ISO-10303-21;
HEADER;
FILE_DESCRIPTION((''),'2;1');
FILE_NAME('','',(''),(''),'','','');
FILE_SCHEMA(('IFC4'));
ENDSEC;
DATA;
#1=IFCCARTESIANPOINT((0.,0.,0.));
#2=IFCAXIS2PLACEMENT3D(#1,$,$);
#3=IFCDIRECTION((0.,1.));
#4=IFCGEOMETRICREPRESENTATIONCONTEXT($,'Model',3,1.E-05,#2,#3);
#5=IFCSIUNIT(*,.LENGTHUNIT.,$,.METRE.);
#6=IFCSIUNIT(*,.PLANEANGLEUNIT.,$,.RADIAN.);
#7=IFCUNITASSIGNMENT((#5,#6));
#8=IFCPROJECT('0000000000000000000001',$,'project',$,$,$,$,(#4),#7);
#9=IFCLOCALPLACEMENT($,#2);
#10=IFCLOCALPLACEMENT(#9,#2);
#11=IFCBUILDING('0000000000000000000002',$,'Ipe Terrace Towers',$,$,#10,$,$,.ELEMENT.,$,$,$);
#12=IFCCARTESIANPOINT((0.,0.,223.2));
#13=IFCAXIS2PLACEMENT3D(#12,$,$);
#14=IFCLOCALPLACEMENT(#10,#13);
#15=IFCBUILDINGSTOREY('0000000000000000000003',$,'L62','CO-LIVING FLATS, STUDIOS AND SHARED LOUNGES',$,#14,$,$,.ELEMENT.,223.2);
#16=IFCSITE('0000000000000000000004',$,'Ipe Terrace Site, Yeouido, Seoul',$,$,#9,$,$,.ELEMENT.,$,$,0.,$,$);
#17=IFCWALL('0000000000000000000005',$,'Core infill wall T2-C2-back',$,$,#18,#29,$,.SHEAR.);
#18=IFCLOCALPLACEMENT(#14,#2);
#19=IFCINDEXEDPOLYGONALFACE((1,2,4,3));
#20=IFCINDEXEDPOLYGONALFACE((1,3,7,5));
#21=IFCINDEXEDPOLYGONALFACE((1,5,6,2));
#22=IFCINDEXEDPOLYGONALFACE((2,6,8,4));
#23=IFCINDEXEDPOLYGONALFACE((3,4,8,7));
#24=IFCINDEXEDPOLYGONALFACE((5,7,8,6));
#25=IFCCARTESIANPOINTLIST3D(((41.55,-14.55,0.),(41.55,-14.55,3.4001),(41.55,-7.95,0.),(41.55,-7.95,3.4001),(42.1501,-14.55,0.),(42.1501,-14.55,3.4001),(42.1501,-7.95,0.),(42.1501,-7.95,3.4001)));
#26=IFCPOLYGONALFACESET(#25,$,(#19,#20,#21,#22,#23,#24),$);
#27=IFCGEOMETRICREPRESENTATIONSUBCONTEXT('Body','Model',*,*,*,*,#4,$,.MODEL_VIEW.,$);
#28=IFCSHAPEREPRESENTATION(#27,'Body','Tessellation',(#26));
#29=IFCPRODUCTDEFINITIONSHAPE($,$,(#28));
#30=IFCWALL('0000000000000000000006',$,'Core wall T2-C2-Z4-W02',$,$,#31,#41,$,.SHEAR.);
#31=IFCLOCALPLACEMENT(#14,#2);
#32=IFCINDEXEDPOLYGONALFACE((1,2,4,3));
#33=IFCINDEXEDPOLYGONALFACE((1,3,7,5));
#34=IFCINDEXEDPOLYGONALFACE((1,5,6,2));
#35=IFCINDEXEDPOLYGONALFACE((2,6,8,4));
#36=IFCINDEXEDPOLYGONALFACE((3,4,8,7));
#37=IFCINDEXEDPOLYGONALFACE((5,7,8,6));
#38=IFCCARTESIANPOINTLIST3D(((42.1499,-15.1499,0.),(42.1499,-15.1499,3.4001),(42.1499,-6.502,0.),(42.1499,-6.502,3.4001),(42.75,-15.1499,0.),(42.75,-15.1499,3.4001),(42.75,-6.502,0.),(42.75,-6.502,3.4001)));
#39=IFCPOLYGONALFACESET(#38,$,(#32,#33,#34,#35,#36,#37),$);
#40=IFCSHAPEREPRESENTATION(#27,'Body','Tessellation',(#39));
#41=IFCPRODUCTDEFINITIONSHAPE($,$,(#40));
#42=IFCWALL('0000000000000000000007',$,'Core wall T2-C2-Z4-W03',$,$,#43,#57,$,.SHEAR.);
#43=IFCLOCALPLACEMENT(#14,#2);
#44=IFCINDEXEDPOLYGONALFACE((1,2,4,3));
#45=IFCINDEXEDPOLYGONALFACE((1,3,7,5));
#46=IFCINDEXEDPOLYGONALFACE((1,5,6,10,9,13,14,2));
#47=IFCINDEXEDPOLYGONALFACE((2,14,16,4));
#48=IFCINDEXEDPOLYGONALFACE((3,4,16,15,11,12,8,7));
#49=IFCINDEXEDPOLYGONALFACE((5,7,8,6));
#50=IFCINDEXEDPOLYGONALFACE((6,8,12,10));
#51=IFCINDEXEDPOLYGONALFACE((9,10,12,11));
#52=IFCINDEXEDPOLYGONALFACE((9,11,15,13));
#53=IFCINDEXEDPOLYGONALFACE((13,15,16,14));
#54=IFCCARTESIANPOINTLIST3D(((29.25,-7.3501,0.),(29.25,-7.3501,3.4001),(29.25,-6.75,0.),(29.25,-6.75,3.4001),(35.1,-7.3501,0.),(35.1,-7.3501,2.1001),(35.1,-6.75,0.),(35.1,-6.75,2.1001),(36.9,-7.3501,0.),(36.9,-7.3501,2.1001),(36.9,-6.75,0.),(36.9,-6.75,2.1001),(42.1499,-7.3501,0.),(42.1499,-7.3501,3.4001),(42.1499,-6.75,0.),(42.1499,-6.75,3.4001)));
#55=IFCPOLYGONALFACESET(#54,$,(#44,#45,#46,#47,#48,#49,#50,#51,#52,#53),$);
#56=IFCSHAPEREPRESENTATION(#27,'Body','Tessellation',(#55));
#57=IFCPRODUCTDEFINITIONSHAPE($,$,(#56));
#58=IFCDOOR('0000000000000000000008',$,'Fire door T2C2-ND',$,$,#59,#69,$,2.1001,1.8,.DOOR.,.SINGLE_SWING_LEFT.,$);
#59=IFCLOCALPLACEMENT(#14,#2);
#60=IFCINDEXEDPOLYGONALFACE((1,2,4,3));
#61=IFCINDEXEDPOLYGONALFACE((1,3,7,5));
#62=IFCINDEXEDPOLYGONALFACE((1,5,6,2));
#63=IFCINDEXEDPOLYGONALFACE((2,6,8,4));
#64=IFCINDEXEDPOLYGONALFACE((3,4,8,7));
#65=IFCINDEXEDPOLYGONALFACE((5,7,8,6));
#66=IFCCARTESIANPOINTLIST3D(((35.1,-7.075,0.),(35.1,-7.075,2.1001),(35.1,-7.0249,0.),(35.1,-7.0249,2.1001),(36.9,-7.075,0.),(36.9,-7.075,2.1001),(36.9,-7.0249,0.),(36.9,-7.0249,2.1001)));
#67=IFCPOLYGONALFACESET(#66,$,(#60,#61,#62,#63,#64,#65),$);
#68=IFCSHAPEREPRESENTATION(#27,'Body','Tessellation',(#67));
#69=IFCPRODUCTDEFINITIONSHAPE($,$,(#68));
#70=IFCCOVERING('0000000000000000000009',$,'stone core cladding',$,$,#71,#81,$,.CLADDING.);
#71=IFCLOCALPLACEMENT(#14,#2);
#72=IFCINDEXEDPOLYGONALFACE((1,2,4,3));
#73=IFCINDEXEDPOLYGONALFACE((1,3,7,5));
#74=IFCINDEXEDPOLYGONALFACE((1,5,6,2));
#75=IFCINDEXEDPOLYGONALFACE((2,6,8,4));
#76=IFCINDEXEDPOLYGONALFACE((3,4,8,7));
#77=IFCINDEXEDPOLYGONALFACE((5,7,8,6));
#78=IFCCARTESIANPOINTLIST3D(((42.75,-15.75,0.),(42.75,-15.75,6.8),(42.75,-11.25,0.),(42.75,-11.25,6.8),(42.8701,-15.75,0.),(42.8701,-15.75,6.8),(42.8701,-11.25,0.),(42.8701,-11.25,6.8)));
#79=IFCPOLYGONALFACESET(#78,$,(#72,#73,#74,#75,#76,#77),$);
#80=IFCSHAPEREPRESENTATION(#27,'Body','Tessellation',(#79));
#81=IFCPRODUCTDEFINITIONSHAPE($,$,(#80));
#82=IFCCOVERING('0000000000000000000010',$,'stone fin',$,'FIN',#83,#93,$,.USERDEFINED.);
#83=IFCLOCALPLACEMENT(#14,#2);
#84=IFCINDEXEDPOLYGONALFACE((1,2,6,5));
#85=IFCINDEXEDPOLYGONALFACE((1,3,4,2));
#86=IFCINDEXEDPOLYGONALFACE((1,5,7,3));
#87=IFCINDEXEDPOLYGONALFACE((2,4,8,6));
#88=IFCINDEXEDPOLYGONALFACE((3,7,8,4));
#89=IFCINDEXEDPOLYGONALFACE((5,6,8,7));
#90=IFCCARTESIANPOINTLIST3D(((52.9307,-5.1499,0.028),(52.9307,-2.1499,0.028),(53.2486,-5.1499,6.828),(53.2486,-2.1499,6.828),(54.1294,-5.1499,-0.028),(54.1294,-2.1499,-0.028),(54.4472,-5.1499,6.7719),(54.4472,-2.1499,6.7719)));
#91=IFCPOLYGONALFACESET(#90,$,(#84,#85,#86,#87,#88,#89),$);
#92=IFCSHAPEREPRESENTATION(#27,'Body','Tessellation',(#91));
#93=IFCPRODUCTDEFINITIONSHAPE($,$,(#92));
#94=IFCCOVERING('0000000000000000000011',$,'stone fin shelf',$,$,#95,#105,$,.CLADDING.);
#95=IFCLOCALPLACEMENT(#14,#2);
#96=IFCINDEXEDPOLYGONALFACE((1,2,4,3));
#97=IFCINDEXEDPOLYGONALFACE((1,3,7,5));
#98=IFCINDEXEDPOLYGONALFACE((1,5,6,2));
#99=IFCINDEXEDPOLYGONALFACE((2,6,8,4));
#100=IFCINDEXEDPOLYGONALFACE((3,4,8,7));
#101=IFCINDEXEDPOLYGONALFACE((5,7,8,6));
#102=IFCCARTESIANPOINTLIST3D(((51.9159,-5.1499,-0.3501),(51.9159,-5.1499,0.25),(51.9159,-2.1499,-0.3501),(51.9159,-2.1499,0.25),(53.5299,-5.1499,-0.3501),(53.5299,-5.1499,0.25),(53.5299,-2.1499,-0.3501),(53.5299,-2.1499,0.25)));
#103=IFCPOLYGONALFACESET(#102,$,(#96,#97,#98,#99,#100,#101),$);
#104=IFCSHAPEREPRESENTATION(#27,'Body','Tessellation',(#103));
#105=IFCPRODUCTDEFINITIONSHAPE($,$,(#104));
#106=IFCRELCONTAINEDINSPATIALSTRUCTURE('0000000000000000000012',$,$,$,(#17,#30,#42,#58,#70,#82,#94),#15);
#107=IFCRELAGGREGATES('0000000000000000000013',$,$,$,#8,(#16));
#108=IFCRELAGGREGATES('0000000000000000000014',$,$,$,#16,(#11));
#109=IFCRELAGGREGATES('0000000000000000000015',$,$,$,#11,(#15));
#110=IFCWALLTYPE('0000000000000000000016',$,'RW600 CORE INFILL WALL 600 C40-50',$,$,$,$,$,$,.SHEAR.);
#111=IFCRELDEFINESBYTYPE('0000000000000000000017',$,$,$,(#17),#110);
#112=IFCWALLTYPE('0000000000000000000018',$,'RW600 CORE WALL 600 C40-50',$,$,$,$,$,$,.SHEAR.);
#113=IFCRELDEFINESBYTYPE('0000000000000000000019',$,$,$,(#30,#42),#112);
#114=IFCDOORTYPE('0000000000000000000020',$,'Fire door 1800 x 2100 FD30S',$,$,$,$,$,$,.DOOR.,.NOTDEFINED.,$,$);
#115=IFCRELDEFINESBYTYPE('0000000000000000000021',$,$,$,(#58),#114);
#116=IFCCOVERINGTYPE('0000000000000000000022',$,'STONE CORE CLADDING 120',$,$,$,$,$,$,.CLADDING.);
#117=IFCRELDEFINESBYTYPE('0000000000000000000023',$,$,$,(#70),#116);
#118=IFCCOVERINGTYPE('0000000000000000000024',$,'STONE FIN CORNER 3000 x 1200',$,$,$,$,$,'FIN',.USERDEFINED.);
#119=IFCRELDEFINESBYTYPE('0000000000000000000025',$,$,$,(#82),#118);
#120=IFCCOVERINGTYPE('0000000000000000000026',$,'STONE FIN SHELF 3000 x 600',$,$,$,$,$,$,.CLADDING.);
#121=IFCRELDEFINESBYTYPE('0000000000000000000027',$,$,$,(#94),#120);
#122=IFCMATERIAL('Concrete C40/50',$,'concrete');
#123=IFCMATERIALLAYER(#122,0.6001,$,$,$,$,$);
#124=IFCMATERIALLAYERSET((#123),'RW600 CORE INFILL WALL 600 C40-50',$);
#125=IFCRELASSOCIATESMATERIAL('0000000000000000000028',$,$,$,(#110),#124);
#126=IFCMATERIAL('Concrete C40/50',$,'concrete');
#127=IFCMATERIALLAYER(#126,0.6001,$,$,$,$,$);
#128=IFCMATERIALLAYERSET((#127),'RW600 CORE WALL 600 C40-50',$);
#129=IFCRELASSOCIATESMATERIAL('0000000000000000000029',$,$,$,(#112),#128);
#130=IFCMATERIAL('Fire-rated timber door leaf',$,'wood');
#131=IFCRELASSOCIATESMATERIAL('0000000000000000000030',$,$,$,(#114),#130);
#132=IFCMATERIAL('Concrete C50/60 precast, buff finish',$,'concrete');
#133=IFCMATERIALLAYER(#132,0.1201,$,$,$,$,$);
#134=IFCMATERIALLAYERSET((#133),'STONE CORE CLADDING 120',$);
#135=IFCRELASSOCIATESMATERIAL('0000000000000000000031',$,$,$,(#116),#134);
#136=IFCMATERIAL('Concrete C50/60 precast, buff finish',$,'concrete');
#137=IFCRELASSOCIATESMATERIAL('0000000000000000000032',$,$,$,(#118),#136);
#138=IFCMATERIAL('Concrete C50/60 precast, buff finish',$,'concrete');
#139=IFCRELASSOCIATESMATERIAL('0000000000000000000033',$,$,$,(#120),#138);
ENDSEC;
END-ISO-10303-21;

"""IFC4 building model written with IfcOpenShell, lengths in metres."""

from ifc_helpers import new_model, si_unit, direction, frame, frame_2d, origin, origin_2d, place, context, subcontext, project, spatial, rectangle, extrude, material, layer, layer_set, material_profile, profile_set, type_object, element, fill, save


model = new_model("IFC4")

# Units and contexts
model_context = context("Model", 3, precision=1e-05, world=origin(), true_north=direction((0.0, 1.0)))
body_context = subcontext(model_context, "Body", "Model", "MODEL_VIEW")
ifc_project = project(units=[si_unit("LENGTHUNIT", "METRE"), si_unit("PLANEANGLEUNIT", "RADIAN")], contexts=[model_context])

# Site, building, storey
site_placement = place(None, origin())
site = spatial("IfcSite", under=ifc_project, at=site_placement, Name="Ipe Terrace Site, Yeouido, Seoul", CompositionType="ELEMENT", RefElevation=0.0)
building_placement = place(site_placement, origin())
building = spatial("IfcBuilding", under=site, at=building_placement, Name="Ipe Terrace Towers", CompositionType="ELEMENT")
storey_placement = place(building_placement, frame((0.0, 0.0, 223.2)))
storey = spatial("IfcBuildingStorey", under=building, at=storey_placement, Name="L62", Description="CO-LIVING FLATS, STUDIOS AND SHARED LOUNGES", CompositionType="ELEMENT", Elevation=223.2)

# Walls
ifc_material_1 = material(Name="Concrete C40/50", Category="concrete")
ifc_layer_1 = layer(ifc_material_1, 0.6001)
ifc_layer_set_1 = layer_set([ifc_layer_1], Name="RW600 CORE INFILL WALL 600 C40-50")
wall_type_1 = type_object("IfcWallType", Name="RW600 CORE INFILL WALL 600 C40-50", PredefinedType="SHEAR", material=ifc_layer_set_1)
wall_1_placement = place(storey_placement, frame((41.8501, -7.95, 0.0), z_axis=(0.0, 0.0, 1.0), x_axis=(0.0, -1.0, 0.0)))
element("IfcWall", 1, at=wall_1_placement, inside=storey, type_object=wall_type_1, Name="Core infill wall T2-C2-back", PredefinedType="SHEAR", context=body_context, shape_type="SweptSolid", body=[
    extrude(rectangle(XDim=6.6001, YDim=0.6001, at=frame_2d((3.3, 0.0))), origin(), (0.0, 0.0, 1.0), 3.4001),
])
ifc_material_2 = material(Name="Concrete C40/50", Category="concrete")
ifc_layer_2 = layer(ifc_material_2, 0.6001)
ifc_layer_set_2 = layer_set([ifc_layer_2], Name="RW600 CORE WALL 600 C40-50")
wall_type_2 = type_object("IfcWallType", Name="RW600 CORE WALL 600 C40-50", PredefinedType="SHEAR", material=ifc_layer_set_2)
wall_2_placement = place(storey_placement, frame((42.45, -15.1499, 0.0), z_axis=(0.0, 0.0, 1.0), x_axis=(0.0, 1.0, 0.0)))
element("IfcWall", 2, at=wall_2_placement, inside=storey, type_object=wall_type_2, Name="Core wall T2-C2-Z4-W02", PredefinedType="SHEAR", context=body_context, shape_type="SweptSolid", body=[
    extrude(rectangle(XDim=8.6479, YDim=0.6001, at=frame_2d((4.324, 0.0))), origin(), (0.0, 0.0, 1.0), 3.4001),
])

# Wall, opening, door
wall_3_placement = place(storey_placement, frame((42.1499, -7.05, 0.0), z_axis=(0.0, 0.0, 1.0), x_axis=(-1.0, 0.0, 0.0)))
wall_3 = element("IfcWall", 3, at=wall_3_placement, inside=storey, type_object=wall_type_2, Name="Core wall T2-C2-Z4-W03", PredefinedType="SHEAR", context=body_context, shape_type="SweptSolid", body=[
    extrude(rectangle(XDim=12.8999, YDim=0.6001, at=frame_2d((6.45, 0.0))), origin(), (0.0, 0.0, 1.0), 3.4001),
])
opening_1_placement = place(wall_3_placement, frame((5.25, 0.0, 0.0)))
opening_1 = element("IfcOpeningElement", 4, at=opening_1_placement, cuts=wall_3, PredefinedType="OPENING", context=body_context, shape_type="SweptSolid", body=[
    extrude(rectangle(XDim=1.8, YDim=2.1001, at=frame_2d((0.8999, 1.05))), frame((0.0, 0.3101, 0.0), z_axis=(0.0, -1.0, 0.0), x_axis=(1.0, 0.0, 0.0)), (0.0, 0.0, 1.0), 0.6201),
])
ifc_material_3 = material(Name="Fire-rated timber door leaf", Category="wood")
door_type_1 = type_object("IfcDoorType", Name="Fire door 1800 x 2100 FD30S", OperationType="NOTDEFINED", PredefinedType="DOOR", material=ifc_material_3)
door_1_placement = place(opening_1_placement, origin())
door_1 = element("IfcDoor", 5, at=door_1_placement, inside=storey, type_object=door_type_1, Name="Fire door T2C2-ND", OperationType="SINGLE_SWING_LEFT", OverallHeight=2.1001, OverallWidth=1.8, PredefinedType="DOOR", context=body_context, shape_type="SweptSolid", body=[
    extrude(rectangle(XDim=1.8, YDim=2.1001, at=frame_2d((0.8999, 1.05))), frame((0.0, 0.0249, 0.0), z_axis=(0.0, -1.0, 0.0), x_axis=(1.0, 0.0, 0.0)), (0.0, 0.0, 1.0), 0.05),
])
fill(opening_1, door_1)

# Coverings
ifc_material_4 = material(Name="Concrete C50/60 precast, buff finish", Category="concrete")
ifc_layer_3 = layer(ifc_material_4, 0.1201)
ifc_layer_set_3 = layer_set([ifc_layer_3], Name="STONE CORE CLADDING 120")
covering_type_1 = type_object("IfcCoveringType", Name="STONE CORE CLADDING 120", PredefinedType="CLADDING", material=ifc_layer_set_3)
covering_1_placement = place(storey_placement, frame((42.8101, -13.5, 0.0), z_axis=(0.0, 0.0, 1.0), x_axis=(0.0, 1.0, 0.0)))
element("IfcCovering", 6, at=covering_1_placement, inside=storey, type_object=covering_type_1, Name="stone core cladding", PredefinedType="CLADDING", context=body_context, shape_type="SweptSolid", body=[
    extrude(rectangle(XDim=4.5, YDim=0.1201, at=origin_2d()), origin(), (0.0, 0.0, 1.0), 6.8),
])
ifc_material_5 = material(Name="Concrete C50/60 precast, buff finish", Category="concrete")
ifc_material_profile_1 = material_profile(ifc_material_5, rectangle(XDim=3.0, YDim=1.2, at=origin_2d()), Name="STONE FIN CORNER 3000 x 1200")
ifc_profile_set_1 = profile_set([ifc_material_profile_1], Name="Concrete C50/60 precast, buff finish")
covering_type_2 = type_object("IfcCoveringType", Name="STONE FIN CORNER 3000 x 1200", ElementType="FIN", PredefinedType="USERDEFINED", material=ifc_profile_set_1)
covering_2_placement = place(storey_placement, frame((53.53, -3.6499, 0.0), z_axis=(0.046694, 0.0, 0.998909), x_axis=(0.0, 1.0, 0.0)))
element("IfcCovering", 7, at=covering_2_placement, inside=storey, type_object=covering_type_2, Name="stone fin", ObjectType="FIN", PredefinedType="USERDEFINED", context=body_context, shape_type="SweptSolid", body=[
    extrude(rectangle(XDim=3.0, YDim=1.2, at=origin_2d()), origin(), (0.0, 0.0, 1.0), 6.8074),
])
ifc_material_6 = material(Name="Concrete C50/60 precast, buff finish", Category="concrete")
covering_type_3 = type_object("IfcCoveringType", Name="STONE FIN SHELF 3000 x 600", PredefinedType="CLADDING", material=ifc_material_6)
covering_3_placement = place(storey_placement, frame((52.7229, -3.6499, -0.3501), z_axis=(0.0, 0.0, 1.0), x_axis=(0.0, 1.0, 0.0)))
element("IfcCovering", 8, at=covering_3_placement, inside=storey, type_object=covering_type_3, Name="stone fin shelf", PredefinedType="CLADDING", context=body_context, shape_type="SweptSolid", body=[
    extrude(rectangle(XDim=3.0, YDim=1.614, at=origin_2d()), origin(), (0.0, 0.0, 1.0), 0.6001),
])

save(model, "model.ifc")
